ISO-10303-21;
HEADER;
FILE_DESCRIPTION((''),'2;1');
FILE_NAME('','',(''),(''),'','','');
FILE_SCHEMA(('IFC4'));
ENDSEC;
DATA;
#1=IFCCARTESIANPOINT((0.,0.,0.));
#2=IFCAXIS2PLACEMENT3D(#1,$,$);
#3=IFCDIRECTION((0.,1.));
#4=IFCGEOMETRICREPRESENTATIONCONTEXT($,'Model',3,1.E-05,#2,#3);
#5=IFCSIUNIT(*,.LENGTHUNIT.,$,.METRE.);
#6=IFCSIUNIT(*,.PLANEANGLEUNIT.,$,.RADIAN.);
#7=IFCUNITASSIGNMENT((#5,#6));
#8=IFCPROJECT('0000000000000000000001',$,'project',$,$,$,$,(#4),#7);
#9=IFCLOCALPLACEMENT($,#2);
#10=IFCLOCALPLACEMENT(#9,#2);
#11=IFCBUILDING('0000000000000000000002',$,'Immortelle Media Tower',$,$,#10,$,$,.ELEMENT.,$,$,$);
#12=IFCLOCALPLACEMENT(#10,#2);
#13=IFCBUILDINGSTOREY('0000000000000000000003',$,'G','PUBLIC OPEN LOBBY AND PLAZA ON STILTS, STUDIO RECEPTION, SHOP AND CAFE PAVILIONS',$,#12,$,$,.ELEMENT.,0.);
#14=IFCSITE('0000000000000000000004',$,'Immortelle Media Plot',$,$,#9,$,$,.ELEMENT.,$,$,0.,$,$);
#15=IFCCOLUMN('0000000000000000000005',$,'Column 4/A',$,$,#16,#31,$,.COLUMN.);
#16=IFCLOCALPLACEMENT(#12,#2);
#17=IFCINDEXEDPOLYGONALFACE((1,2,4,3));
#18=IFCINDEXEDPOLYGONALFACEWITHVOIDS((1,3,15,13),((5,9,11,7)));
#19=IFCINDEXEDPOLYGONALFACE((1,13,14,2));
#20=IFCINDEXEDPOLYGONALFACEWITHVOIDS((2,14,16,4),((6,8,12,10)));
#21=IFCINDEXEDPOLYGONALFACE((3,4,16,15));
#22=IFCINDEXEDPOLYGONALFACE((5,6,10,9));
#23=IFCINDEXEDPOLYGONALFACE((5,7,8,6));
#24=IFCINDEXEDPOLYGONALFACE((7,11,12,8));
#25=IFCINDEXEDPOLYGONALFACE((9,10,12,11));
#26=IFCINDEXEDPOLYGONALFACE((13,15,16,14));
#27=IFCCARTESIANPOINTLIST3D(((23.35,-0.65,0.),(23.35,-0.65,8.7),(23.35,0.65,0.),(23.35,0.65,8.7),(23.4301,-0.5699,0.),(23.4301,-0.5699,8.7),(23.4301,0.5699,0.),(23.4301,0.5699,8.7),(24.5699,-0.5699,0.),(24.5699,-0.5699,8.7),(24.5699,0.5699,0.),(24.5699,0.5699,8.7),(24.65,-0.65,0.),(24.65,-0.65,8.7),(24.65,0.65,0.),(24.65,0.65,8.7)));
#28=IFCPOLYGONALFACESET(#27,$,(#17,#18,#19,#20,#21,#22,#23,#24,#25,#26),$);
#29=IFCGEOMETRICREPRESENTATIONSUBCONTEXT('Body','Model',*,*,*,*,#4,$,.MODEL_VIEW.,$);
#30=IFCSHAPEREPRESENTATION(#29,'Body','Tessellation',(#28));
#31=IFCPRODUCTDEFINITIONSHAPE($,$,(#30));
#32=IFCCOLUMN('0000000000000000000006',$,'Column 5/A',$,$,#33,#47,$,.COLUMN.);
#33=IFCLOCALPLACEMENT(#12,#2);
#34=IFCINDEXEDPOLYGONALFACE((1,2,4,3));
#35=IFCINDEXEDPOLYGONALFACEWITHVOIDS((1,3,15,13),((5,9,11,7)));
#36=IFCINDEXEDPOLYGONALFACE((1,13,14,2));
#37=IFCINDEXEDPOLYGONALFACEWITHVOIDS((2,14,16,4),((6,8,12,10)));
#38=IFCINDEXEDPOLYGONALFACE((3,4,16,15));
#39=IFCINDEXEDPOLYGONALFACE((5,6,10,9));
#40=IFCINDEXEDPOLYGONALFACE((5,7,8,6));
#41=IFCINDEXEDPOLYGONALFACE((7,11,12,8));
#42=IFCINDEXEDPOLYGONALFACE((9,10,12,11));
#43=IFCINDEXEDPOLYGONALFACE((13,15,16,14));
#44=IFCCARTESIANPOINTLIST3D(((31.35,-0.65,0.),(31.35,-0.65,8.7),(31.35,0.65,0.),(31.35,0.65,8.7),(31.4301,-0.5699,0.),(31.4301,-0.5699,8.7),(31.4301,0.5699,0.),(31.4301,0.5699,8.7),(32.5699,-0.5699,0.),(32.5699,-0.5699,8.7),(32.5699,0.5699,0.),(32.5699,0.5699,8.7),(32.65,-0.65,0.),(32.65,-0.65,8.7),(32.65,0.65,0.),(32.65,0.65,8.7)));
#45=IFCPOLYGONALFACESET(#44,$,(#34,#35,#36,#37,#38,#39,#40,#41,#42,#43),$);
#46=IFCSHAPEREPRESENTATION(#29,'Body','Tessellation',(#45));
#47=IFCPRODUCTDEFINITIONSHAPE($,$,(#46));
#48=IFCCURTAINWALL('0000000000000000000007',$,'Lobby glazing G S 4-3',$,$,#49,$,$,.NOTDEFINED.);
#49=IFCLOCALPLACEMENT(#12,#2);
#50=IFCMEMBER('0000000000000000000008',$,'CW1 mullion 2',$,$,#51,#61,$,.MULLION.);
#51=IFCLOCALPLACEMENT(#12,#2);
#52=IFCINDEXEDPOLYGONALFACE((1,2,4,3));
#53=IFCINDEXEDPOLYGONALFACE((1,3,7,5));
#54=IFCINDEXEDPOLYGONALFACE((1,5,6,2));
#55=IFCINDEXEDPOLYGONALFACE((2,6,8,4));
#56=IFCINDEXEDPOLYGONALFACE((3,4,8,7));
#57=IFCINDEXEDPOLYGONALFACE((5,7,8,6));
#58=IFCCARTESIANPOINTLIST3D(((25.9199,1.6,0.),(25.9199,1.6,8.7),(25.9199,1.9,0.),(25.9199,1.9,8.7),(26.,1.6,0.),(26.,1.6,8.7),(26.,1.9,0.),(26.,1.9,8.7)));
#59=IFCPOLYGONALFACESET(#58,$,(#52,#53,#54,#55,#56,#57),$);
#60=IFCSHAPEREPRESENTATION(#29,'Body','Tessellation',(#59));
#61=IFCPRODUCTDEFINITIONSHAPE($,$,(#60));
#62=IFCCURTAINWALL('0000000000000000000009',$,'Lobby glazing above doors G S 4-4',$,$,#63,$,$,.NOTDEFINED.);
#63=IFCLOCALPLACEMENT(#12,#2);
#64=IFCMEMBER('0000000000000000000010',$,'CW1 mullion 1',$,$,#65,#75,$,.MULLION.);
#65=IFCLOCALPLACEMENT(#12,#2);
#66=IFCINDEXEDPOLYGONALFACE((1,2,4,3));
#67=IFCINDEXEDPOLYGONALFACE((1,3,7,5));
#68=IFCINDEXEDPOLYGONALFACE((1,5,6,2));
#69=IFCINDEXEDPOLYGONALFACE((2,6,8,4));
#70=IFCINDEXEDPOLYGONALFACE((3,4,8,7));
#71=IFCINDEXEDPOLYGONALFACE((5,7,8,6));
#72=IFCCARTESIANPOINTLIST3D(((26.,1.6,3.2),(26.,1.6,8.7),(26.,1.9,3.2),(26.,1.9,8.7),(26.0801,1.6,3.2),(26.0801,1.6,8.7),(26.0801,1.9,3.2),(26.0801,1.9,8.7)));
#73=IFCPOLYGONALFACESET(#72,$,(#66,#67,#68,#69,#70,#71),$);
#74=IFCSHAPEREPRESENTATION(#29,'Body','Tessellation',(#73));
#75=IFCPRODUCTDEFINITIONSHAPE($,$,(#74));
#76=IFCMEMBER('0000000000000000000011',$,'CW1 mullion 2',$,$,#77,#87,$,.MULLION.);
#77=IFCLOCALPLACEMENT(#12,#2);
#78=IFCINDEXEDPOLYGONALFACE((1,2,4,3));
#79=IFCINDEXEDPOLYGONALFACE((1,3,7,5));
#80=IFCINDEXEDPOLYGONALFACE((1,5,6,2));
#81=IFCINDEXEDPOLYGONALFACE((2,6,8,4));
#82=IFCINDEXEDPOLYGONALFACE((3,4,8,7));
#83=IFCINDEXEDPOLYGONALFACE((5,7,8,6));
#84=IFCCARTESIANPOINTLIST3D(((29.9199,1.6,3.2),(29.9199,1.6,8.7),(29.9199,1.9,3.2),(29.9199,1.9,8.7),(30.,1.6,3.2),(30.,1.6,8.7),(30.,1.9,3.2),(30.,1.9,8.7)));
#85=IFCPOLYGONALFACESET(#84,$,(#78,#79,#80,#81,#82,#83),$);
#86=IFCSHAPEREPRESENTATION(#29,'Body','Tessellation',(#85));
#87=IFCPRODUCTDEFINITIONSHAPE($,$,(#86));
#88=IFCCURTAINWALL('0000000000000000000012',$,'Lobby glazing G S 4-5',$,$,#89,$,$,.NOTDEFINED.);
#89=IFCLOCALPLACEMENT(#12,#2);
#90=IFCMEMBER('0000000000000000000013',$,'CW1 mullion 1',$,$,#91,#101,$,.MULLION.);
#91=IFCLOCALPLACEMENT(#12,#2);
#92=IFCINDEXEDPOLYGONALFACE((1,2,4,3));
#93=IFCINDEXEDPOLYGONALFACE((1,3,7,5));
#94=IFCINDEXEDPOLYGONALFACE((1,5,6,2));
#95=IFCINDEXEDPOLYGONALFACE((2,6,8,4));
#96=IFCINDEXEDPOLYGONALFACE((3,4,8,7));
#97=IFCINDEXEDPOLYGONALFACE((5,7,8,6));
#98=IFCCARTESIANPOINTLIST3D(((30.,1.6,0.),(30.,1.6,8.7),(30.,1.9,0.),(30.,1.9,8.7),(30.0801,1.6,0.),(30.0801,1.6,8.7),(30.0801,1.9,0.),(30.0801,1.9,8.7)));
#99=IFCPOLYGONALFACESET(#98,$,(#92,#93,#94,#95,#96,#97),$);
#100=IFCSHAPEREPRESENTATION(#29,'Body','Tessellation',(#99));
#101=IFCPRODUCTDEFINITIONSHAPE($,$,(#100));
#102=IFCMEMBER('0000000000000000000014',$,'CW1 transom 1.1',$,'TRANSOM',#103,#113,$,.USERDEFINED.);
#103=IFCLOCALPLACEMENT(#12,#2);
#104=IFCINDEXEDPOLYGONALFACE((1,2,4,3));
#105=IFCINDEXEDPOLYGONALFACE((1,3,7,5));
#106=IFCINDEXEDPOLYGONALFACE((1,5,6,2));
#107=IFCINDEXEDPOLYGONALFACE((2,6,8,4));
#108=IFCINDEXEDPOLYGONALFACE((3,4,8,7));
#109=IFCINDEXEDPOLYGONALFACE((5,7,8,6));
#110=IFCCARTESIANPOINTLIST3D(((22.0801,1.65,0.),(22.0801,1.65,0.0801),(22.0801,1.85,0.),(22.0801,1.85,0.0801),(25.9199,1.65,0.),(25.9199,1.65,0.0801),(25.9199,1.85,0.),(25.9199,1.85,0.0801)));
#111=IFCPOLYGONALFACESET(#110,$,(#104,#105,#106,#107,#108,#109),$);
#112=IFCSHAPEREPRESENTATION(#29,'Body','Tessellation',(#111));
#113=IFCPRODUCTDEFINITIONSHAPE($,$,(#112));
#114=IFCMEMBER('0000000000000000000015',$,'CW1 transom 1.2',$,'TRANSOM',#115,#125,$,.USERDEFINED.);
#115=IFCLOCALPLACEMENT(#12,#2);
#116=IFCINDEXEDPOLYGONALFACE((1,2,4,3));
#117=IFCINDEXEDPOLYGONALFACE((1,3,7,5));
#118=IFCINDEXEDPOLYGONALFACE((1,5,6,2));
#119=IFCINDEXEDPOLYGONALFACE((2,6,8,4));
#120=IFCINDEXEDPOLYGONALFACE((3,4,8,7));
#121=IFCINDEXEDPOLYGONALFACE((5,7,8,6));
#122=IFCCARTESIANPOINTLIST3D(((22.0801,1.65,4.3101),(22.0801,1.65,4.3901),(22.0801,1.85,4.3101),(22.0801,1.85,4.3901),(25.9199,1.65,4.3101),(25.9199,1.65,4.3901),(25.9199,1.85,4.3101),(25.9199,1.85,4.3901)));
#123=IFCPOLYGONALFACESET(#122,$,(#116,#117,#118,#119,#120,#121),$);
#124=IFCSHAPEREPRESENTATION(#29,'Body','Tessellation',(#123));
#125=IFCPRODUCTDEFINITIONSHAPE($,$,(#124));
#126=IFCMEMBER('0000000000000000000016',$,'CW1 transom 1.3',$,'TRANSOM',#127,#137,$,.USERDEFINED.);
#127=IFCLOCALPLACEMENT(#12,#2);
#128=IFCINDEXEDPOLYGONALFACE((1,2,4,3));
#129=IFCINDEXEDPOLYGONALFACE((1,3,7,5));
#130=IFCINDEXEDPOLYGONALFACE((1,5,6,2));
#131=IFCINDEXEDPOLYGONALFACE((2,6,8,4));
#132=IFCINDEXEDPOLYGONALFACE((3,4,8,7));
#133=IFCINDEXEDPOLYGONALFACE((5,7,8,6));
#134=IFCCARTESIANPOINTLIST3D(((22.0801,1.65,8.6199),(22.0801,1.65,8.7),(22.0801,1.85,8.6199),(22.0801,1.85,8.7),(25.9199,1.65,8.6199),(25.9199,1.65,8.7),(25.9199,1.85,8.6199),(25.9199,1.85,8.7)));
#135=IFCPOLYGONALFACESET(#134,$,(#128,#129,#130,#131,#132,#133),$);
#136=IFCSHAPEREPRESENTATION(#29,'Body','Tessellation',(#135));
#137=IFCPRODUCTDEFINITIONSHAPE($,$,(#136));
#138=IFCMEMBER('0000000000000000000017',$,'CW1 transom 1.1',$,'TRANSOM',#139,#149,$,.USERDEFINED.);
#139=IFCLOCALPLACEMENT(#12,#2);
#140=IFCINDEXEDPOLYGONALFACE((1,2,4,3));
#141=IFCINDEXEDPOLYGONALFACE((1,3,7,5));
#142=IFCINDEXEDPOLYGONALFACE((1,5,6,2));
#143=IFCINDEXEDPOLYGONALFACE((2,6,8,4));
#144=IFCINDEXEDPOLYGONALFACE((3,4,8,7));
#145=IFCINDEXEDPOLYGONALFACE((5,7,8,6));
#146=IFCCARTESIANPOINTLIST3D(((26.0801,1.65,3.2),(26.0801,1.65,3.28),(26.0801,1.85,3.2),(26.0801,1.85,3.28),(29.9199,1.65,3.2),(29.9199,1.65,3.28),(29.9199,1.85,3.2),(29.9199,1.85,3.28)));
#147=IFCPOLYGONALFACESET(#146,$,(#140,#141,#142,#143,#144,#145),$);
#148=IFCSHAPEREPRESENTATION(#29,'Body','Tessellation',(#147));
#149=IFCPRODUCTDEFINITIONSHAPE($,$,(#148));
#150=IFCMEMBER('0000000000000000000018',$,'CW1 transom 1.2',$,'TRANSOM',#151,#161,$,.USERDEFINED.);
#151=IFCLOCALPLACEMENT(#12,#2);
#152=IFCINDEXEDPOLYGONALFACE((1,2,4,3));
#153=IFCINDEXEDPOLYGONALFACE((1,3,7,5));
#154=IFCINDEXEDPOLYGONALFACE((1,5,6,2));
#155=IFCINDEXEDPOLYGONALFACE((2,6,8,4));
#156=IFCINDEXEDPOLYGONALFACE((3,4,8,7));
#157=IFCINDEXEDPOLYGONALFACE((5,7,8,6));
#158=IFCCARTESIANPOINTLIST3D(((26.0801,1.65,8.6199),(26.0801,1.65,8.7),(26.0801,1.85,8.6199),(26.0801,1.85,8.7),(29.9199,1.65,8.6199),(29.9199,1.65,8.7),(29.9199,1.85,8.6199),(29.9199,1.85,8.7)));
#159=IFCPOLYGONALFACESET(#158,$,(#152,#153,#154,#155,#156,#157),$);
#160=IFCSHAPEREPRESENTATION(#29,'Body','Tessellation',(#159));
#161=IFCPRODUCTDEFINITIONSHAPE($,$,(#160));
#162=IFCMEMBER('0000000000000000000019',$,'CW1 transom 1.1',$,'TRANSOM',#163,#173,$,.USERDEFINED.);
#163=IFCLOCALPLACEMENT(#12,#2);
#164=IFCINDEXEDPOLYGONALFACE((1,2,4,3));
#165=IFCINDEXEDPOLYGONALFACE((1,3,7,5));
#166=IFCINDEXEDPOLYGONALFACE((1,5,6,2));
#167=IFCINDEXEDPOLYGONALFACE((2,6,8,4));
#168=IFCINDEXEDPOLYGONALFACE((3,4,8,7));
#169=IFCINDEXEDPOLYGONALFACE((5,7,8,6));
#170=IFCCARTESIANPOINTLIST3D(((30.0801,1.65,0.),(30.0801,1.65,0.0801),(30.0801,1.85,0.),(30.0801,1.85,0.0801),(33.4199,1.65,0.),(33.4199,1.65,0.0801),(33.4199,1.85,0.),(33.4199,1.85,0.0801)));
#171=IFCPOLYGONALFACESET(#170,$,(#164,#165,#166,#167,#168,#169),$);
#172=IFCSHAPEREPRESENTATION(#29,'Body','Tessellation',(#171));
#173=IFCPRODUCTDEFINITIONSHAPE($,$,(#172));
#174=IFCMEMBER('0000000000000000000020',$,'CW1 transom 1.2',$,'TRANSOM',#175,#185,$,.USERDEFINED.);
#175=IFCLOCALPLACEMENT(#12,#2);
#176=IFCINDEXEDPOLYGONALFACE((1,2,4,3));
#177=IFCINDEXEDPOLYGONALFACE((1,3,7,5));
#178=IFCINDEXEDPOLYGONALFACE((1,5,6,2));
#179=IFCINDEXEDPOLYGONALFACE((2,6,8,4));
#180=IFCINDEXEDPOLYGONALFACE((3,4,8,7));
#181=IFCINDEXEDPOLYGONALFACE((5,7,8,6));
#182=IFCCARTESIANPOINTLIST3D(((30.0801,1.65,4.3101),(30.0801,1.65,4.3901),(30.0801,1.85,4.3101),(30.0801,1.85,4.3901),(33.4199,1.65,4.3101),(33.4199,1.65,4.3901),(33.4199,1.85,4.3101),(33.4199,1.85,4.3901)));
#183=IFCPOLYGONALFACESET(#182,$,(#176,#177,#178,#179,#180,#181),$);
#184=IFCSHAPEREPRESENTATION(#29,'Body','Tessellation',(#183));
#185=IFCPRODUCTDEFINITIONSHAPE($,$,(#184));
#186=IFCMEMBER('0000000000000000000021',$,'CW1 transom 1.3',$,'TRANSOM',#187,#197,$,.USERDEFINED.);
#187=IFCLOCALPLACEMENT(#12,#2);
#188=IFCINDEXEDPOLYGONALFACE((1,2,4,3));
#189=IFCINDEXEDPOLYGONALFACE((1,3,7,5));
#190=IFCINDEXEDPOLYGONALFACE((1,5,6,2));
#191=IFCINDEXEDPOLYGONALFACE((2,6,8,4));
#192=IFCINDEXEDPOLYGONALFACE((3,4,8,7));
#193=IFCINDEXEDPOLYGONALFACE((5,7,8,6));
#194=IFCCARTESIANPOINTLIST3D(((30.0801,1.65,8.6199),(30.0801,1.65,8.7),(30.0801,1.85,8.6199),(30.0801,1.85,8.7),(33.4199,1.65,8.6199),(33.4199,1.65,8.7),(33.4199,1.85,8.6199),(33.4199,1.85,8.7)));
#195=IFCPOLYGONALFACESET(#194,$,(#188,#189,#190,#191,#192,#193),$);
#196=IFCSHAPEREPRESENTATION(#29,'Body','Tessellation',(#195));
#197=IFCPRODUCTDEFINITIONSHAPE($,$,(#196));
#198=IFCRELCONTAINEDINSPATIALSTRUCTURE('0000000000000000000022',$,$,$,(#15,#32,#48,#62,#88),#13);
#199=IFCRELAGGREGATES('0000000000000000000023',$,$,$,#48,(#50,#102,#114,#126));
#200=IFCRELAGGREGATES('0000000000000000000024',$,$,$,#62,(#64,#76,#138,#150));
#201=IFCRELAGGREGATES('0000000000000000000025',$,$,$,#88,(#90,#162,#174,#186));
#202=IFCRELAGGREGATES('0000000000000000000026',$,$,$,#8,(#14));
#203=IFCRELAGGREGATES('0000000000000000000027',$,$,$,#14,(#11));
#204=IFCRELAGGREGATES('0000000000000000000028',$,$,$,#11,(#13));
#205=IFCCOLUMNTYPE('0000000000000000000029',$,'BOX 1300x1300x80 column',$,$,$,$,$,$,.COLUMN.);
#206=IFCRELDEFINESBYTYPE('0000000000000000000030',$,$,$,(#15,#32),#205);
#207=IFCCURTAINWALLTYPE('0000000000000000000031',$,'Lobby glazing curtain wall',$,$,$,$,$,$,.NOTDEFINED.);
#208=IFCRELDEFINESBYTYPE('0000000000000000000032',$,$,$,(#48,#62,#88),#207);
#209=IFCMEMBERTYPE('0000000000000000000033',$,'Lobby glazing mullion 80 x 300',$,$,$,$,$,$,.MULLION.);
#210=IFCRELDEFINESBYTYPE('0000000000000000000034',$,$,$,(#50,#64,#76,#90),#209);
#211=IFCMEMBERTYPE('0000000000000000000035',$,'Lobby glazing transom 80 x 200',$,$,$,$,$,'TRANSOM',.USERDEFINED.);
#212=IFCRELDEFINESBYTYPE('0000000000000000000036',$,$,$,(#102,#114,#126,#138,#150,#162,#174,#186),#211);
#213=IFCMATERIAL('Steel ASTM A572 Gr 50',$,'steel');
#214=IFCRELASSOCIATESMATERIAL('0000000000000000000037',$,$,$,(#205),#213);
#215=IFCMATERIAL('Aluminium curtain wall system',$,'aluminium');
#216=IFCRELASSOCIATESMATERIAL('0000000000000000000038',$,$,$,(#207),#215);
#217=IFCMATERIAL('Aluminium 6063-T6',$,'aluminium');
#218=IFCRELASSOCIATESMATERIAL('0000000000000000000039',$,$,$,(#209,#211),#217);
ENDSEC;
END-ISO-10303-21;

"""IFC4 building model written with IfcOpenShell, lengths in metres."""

from ifc_helpers import new_model, si_unit, direction, frame, origin, origin_2d, place, context, subcontext, project, spatial, rectangle, hollow_rectangle, extrude, material, material_profile, profile_set, type_object, element, aggregate, save


model = new_model("IFC4")

# Units and contexts
model_context = context("Model", 3, precision=1e-05, world=origin(), true_north=direction((0.0, 1.0)))
body_context = subcontext(model_context, "Body", "Model", "MODEL_VIEW")
ifc_project = project(units=[si_unit("LENGTHUNIT", "METRE"), si_unit("PLANEANGLEUNIT", "RADIAN")], contexts=[model_context])

# Site, building, storey
site_placement = place(None, origin())
site = spatial("IfcSite", under=ifc_project, at=site_placement, Name="Immortelle Media Plot", CompositionType="ELEMENT", RefElevation=0.0)
building_placement = place(site_placement, origin())
building = spatial("IfcBuilding", under=site, at=building_placement, Name="Immortelle Media Tower", CompositionType="ELEMENT")
storey_placement = place(building_placement, origin())
storey = spatial("IfcBuildingStorey", under=building, at=storey_placement, Name="G", Description="PUBLIC OPEN LOBBY AND PLAZA ON STILTS, STUDIO RECEPTION, SHOP AND CAFE PAVILIONS", CompositionType="ELEMENT", Elevation=0.0)

# Columns
ifc_material_1 = material(Name="Steel ASTM A572 Gr 50", Category="steel")
ifc_material_profile_1 = material_profile(ifc_material_1, hollow_rectangle(XDim=1.3, YDim=1.3, WallThickness=0.0801, at=origin_2d()), Name="BOX 1300x1300x80 column")
ifc_profile_set_1 = profile_set([ifc_material_profile_1], Name="Steel ASTM A572 Gr 50")
column_type = type_object("IfcColumnType", Name="BOX 1300x1300x80 column", PredefinedType="COLUMN", material=ifc_profile_set_1)
for number, where, z_axis, x_axis, name in (
    (1, (24.0, 0.0, 0.0), (0.0, 0.0, 1.0), (1.0, 0.0, 0.0), "Column 4/A"),
    (2, (32.0, 0.0, 0.0), (0.0, 0.0, 1.0), (1.0, 0.0, 0.0), "Column 5/A"),
):
    element("IfcColumn", number, at=place(storey_placement, frame(where, z_axis=z_axis, x_axis=x_axis)), inside=storey, type_object=column_type, Name=name, PredefinedType="COLUMN", context=body_context, shape_type="SweptSolid", body=[
        extrude(hollow_rectangle(XDim=1.3, YDim=1.3, WallThickness=0.0801, at=origin_2d()), origin(), (0.0, 0.0, 1.0), 8.7),
    ])

# Curtain wall, member
ifc_material_2 = material(Name="Aluminium curtain wall system", Category="aluminium")
curtain_wall_type = type_object("IfcCurtainWallType", Name="Lobby glazing curtain wall", PredefinedType="NOTDEFINED", material=ifc_material_2)
curtain_wall_1_placement = place(storey_placement, origin())
curtain_wall_1 = element("IfcCurtainWall", 3, at=curtain_wall_1_placement, inside=storey, type_object=curtain_wall_type, Name="Lobby glazing G S 4-3", PredefinedType="NOTDEFINED")
ifc_material_3 = material(Name="Aluminium 6063-T6", Category="aluminium")
ifc_material_profile_2 = material_profile(ifc_material_3, rectangle(XDim=0.3, YDim=0.0801, at=origin_2d()), Name="AL 80x300")
ifc_profile_set_2 = profile_set([ifc_material_profile_2], Name="Aluminium 6063-T6")
member_type_1 = type_object("IfcMemberType", Name="Lobby glazing mullion 80 x 300", PredefinedType="MULLION", material=ifc_profile_set_2)
member_1_placement = place(storey_placement, frame((25.96, 1.75, 0.0), z_axis=(0.0, 0.0, 1.0), x_axis=(0.0, 1.0, 0.0)))
member_1 = element("IfcMember", 4, at=member_1_placement, type_object=member_type_1, Name="CW1 mullion 2", PredefinedType="MULLION", context=body_context, shape_type="SweptSolid", body=[
    extrude(rectangle(XDim=0.3, YDim=0.0801, at=origin_2d()), origin(), (0.0, 0.0, 1.0), 8.7),
])

# Curtain wall, members
curtain_wall_2_placement = place(storey_placement, origin())
curtain_wall_2 = element("IfcCurtainWall", 5, at=curtain_wall_2_placement, inside=storey, type_object=curtain_wall_type, Name="Lobby glazing above doors G S 4-4", PredefinedType="NOTDEFINED")
member_2_placement = place(storey_placement, frame((26.04, 1.75, 3.2), z_axis=(0.0, 0.0, 1.0), x_axis=(0.0, 1.0, 0.0)))
member_2 = element("IfcMember", 6, at=member_2_placement, type_object=member_type_1, Name="CW1 mullion 1", PredefinedType="MULLION", context=body_context, shape_type="SweptSolid", body=[
    extrude(rectangle(XDim=0.3, YDim=0.0801, at=origin_2d()), origin(), (0.0, 0.0, 1.0), 5.5),
])
member_3_placement = place(storey_placement, frame((29.96, 1.75, 3.2), z_axis=(0.0, 0.0, 1.0), x_axis=(0.0, 1.0, 0.0)))
member_3 = element("IfcMember", 7, at=member_3_placement, type_object=member_type_1, Name="CW1 mullion 2", PredefinedType="MULLION", context=body_context, shape_type="SweptSolid", body=[
    extrude(rectangle(XDim=0.3, YDim=0.0801, at=origin_2d()), origin(), (0.0, 0.0, 1.0), 5.5),
])

# Curtain wall, member
curtain_wall_3_placement = place(storey_placement, origin())
curtain_wall_3 = element("IfcCurtainWall", 8, at=curtain_wall_3_placement, inside=storey, type_object=curtain_wall_type, Name="Lobby glazing G S 4-5", PredefinedType="NOTDEFINED")
member_4_placement = place(storey_placement, frame((30.04, 1.75, 0.0), z_axis=(0.0, 0.0, 1.0), x_axis=(0.0, 1.0, 0.0)))
member_4 = element("IfcMember", 9, at=member_4_placement, type_object=member_type_1, Name="CW1 mullion 1", PredefinedType="MULLION", context=body_context, shape_type="SweptSolid", body=[
    extrude(rectangle(XDim=0.3, YDim=0.0801, at=origin_2d()), origin(), (0.0, 0.0, 1.0), 8.7),
])

# Members
ifc_material_profile_3 = material_profile(ifc_material_3, rectangle(XDim=0.2, YDim=0.0801, at=origin_2d()), Name="AL 80x200")
ifc_profile_set_3 = profile_set([ifc_material_profile_3], Name="Aluminium 6063-T6")
member_type_2 = type_object("IfcMemberType", Name="Lobby glazing transom 80 x 200", ElementType="TRANSOM", PredefinedType="USERDEFINED", material=ifc_profile_set_3)
member_5_placement = place(storey_placement, frame((22.0801, 1.75, 0.04), z_axis=(1.0, 0.0, 0.0), x_axis=(0.0, 1.0, 0.0)))
member_5 = element("IfcMember", 10, at=member_5_placement, type_object=member_type_2, Name="CW1 transom 1.1", ObjectType="TRANSOM", PredefinedType="USERDEFINED", context=body_context, shape_type="SweptSolid", body=[
    extrude(rectangle(XDim=0.2, YDim=0.0801, at=origin_2d()), origin(), (0.0, 0.0, 1.0), 3.8398),
])
member_6_placement = place(storey_placement, frame((22.0801, 1.75, 4.3501), z_axis=(1.0, 0.0, 0.0), x_axis=(0.0, 1.0, 0.0)))
member_6 = element("IfcMember", 11, at=member_6_placement, type_object=member_type_2, Name="CW1 transom 1.2", ObjectType="TRANSOM", PredefinedType="USERDEFINED", context=body_context, shape_type="SweptSolid", body=[
    extrude(rectangle(XDim=0.2, YDim=0.0801, at=origin_2d()), origin(), (0.0, 0.0, 1.0), 3.8398),
])
member_7_placement = place(storey_placement, frame((22.0801, 1.75, 8.6599), z_axis=(1.0, 0.0, 0.0), x_axis=(0.0, 1.0, 0.0)))
member_7 = element("IfcMember", 12, at=member_7_placement, type_object=member_type_2, Name="CW1 transom 1.3", ObjectType="TRANSOM", PredefinedType="USERDEFINED", context=body_context, shape_type="SweptSolid", body=[
    extrude(rectangle(XDim=0.2, YDim=0.0801, at=origin_2d()), origin(), (0.0, 0.0, 1.0), 3.8398),
])
member_8_placement = place(storey_placement, frame((26.0801, 1.75, 3.24), z_axis=(1.0, 0.0, 0.0), x_axis=(0.0, 1.0, 0.0)))
member_8 = element("IfcMember", 13, at=member_8_placement, type_object=member_type_2, Name="CW1 transom 1.1", ObjectType="TRANSOM", PredefinedType="USERDEFINED", context=body_context, shape_type="SweptSolid", body=[
    extrude(rectangle(XDim=0.2, YDim=0.0801, at=origin_2d()), origin(), (0.0, 0.0, 1.0), 3.8398),
])
member_9_placement = place(storey_placement, frame((26.0801, 1.75, 8.6599), z_axis=(1.0, 0.0, 0.0), x_axis=(0.0, 1.0, 0.0)))
member_9 = element("IfcMember", 14, at=member_9_placement, type_object=member_type_2, Name="CW1 transom 1.2", ObjectType="TRANSOM", PredefinedType="USERDEFINED", context=body_context, shape_type="SweptSolid", body=[
    extrude(rectangle(XDim=0.2, YDim=0.0801, at=origin_2d()), origin(), (0.0, 0.0, 1.0), 3.8398),
])
member_10_placement = place(storey_placement, frame((30.0801, 1.75, 0.04), z_axis=(1.0, 0.0, 0.0), x_axis=(0.0, 1.0, 0.0)))
member_10 = element("IfcMember", 15, at=member_10_placement, type_object=member_type_2, Name="CW1 transom 1.1", ObjectType="TRANSOM", PredefinedType="USERDEFINED", context=body_context, shape_type="SweptSolid", body=[
    extrude(rectangle(XDim=0.2, YDim=0.0801, at=origin_2d()), origin(), (0.0, 0.0, 1.0), 3.3398),
])
member_11_placement = place(storey_placement, frame((30.0801, 1.75, 4.3501), z_axis=(1.0, 0.0, 0.0), x_axis=(0.0, 1.0, 0.0)))
member_11 = element("IfcMember", 16, at=member_11_placement, type_object=member_type_2, Name="CW1 transom 1.2", ObjectType="TRANSOM", PredefinedType="USERDEFINED", context=body_context, shape_type="SweptSolid", body=[
    extrude(rectangle(XDim=0.2, YDim=0.0801, at=origin_2d()), origin(), (0.0, 0.0, 1.0), 3.3398),
])
member_12_placement = place(storey_placement, frame((30.0801, 1.75, 8.6599), z_axis=(1.0, 0.0, 0.0), x_axis=(0.0, 1.0, 0.0)))
member_12 = element("IfcMember", 17, at=member_12_placement, type_object=member_type_2, Name="CW1 transom 1.3", ObjectType="TRANSOM", PredefinedType="USERDEFINED", context=body_context, shape_type="SweptSolid", body=[
    extrude(rectangle(XDim=0.2, YDim=0.0801, at=origin_2d()), origin(), (0.0, 0.0, 1.0), 3.3398),
])

aggregate(curtain_wall_1, [member_1, member_5, member_6, member_7])
aggregate(curtain_wall_2, [member_2, member_3, member_8, member_9])
aggregate(curtain_wall_3, [member_4, member_10, member_11, member_12])

save(model, "model.ifc")
